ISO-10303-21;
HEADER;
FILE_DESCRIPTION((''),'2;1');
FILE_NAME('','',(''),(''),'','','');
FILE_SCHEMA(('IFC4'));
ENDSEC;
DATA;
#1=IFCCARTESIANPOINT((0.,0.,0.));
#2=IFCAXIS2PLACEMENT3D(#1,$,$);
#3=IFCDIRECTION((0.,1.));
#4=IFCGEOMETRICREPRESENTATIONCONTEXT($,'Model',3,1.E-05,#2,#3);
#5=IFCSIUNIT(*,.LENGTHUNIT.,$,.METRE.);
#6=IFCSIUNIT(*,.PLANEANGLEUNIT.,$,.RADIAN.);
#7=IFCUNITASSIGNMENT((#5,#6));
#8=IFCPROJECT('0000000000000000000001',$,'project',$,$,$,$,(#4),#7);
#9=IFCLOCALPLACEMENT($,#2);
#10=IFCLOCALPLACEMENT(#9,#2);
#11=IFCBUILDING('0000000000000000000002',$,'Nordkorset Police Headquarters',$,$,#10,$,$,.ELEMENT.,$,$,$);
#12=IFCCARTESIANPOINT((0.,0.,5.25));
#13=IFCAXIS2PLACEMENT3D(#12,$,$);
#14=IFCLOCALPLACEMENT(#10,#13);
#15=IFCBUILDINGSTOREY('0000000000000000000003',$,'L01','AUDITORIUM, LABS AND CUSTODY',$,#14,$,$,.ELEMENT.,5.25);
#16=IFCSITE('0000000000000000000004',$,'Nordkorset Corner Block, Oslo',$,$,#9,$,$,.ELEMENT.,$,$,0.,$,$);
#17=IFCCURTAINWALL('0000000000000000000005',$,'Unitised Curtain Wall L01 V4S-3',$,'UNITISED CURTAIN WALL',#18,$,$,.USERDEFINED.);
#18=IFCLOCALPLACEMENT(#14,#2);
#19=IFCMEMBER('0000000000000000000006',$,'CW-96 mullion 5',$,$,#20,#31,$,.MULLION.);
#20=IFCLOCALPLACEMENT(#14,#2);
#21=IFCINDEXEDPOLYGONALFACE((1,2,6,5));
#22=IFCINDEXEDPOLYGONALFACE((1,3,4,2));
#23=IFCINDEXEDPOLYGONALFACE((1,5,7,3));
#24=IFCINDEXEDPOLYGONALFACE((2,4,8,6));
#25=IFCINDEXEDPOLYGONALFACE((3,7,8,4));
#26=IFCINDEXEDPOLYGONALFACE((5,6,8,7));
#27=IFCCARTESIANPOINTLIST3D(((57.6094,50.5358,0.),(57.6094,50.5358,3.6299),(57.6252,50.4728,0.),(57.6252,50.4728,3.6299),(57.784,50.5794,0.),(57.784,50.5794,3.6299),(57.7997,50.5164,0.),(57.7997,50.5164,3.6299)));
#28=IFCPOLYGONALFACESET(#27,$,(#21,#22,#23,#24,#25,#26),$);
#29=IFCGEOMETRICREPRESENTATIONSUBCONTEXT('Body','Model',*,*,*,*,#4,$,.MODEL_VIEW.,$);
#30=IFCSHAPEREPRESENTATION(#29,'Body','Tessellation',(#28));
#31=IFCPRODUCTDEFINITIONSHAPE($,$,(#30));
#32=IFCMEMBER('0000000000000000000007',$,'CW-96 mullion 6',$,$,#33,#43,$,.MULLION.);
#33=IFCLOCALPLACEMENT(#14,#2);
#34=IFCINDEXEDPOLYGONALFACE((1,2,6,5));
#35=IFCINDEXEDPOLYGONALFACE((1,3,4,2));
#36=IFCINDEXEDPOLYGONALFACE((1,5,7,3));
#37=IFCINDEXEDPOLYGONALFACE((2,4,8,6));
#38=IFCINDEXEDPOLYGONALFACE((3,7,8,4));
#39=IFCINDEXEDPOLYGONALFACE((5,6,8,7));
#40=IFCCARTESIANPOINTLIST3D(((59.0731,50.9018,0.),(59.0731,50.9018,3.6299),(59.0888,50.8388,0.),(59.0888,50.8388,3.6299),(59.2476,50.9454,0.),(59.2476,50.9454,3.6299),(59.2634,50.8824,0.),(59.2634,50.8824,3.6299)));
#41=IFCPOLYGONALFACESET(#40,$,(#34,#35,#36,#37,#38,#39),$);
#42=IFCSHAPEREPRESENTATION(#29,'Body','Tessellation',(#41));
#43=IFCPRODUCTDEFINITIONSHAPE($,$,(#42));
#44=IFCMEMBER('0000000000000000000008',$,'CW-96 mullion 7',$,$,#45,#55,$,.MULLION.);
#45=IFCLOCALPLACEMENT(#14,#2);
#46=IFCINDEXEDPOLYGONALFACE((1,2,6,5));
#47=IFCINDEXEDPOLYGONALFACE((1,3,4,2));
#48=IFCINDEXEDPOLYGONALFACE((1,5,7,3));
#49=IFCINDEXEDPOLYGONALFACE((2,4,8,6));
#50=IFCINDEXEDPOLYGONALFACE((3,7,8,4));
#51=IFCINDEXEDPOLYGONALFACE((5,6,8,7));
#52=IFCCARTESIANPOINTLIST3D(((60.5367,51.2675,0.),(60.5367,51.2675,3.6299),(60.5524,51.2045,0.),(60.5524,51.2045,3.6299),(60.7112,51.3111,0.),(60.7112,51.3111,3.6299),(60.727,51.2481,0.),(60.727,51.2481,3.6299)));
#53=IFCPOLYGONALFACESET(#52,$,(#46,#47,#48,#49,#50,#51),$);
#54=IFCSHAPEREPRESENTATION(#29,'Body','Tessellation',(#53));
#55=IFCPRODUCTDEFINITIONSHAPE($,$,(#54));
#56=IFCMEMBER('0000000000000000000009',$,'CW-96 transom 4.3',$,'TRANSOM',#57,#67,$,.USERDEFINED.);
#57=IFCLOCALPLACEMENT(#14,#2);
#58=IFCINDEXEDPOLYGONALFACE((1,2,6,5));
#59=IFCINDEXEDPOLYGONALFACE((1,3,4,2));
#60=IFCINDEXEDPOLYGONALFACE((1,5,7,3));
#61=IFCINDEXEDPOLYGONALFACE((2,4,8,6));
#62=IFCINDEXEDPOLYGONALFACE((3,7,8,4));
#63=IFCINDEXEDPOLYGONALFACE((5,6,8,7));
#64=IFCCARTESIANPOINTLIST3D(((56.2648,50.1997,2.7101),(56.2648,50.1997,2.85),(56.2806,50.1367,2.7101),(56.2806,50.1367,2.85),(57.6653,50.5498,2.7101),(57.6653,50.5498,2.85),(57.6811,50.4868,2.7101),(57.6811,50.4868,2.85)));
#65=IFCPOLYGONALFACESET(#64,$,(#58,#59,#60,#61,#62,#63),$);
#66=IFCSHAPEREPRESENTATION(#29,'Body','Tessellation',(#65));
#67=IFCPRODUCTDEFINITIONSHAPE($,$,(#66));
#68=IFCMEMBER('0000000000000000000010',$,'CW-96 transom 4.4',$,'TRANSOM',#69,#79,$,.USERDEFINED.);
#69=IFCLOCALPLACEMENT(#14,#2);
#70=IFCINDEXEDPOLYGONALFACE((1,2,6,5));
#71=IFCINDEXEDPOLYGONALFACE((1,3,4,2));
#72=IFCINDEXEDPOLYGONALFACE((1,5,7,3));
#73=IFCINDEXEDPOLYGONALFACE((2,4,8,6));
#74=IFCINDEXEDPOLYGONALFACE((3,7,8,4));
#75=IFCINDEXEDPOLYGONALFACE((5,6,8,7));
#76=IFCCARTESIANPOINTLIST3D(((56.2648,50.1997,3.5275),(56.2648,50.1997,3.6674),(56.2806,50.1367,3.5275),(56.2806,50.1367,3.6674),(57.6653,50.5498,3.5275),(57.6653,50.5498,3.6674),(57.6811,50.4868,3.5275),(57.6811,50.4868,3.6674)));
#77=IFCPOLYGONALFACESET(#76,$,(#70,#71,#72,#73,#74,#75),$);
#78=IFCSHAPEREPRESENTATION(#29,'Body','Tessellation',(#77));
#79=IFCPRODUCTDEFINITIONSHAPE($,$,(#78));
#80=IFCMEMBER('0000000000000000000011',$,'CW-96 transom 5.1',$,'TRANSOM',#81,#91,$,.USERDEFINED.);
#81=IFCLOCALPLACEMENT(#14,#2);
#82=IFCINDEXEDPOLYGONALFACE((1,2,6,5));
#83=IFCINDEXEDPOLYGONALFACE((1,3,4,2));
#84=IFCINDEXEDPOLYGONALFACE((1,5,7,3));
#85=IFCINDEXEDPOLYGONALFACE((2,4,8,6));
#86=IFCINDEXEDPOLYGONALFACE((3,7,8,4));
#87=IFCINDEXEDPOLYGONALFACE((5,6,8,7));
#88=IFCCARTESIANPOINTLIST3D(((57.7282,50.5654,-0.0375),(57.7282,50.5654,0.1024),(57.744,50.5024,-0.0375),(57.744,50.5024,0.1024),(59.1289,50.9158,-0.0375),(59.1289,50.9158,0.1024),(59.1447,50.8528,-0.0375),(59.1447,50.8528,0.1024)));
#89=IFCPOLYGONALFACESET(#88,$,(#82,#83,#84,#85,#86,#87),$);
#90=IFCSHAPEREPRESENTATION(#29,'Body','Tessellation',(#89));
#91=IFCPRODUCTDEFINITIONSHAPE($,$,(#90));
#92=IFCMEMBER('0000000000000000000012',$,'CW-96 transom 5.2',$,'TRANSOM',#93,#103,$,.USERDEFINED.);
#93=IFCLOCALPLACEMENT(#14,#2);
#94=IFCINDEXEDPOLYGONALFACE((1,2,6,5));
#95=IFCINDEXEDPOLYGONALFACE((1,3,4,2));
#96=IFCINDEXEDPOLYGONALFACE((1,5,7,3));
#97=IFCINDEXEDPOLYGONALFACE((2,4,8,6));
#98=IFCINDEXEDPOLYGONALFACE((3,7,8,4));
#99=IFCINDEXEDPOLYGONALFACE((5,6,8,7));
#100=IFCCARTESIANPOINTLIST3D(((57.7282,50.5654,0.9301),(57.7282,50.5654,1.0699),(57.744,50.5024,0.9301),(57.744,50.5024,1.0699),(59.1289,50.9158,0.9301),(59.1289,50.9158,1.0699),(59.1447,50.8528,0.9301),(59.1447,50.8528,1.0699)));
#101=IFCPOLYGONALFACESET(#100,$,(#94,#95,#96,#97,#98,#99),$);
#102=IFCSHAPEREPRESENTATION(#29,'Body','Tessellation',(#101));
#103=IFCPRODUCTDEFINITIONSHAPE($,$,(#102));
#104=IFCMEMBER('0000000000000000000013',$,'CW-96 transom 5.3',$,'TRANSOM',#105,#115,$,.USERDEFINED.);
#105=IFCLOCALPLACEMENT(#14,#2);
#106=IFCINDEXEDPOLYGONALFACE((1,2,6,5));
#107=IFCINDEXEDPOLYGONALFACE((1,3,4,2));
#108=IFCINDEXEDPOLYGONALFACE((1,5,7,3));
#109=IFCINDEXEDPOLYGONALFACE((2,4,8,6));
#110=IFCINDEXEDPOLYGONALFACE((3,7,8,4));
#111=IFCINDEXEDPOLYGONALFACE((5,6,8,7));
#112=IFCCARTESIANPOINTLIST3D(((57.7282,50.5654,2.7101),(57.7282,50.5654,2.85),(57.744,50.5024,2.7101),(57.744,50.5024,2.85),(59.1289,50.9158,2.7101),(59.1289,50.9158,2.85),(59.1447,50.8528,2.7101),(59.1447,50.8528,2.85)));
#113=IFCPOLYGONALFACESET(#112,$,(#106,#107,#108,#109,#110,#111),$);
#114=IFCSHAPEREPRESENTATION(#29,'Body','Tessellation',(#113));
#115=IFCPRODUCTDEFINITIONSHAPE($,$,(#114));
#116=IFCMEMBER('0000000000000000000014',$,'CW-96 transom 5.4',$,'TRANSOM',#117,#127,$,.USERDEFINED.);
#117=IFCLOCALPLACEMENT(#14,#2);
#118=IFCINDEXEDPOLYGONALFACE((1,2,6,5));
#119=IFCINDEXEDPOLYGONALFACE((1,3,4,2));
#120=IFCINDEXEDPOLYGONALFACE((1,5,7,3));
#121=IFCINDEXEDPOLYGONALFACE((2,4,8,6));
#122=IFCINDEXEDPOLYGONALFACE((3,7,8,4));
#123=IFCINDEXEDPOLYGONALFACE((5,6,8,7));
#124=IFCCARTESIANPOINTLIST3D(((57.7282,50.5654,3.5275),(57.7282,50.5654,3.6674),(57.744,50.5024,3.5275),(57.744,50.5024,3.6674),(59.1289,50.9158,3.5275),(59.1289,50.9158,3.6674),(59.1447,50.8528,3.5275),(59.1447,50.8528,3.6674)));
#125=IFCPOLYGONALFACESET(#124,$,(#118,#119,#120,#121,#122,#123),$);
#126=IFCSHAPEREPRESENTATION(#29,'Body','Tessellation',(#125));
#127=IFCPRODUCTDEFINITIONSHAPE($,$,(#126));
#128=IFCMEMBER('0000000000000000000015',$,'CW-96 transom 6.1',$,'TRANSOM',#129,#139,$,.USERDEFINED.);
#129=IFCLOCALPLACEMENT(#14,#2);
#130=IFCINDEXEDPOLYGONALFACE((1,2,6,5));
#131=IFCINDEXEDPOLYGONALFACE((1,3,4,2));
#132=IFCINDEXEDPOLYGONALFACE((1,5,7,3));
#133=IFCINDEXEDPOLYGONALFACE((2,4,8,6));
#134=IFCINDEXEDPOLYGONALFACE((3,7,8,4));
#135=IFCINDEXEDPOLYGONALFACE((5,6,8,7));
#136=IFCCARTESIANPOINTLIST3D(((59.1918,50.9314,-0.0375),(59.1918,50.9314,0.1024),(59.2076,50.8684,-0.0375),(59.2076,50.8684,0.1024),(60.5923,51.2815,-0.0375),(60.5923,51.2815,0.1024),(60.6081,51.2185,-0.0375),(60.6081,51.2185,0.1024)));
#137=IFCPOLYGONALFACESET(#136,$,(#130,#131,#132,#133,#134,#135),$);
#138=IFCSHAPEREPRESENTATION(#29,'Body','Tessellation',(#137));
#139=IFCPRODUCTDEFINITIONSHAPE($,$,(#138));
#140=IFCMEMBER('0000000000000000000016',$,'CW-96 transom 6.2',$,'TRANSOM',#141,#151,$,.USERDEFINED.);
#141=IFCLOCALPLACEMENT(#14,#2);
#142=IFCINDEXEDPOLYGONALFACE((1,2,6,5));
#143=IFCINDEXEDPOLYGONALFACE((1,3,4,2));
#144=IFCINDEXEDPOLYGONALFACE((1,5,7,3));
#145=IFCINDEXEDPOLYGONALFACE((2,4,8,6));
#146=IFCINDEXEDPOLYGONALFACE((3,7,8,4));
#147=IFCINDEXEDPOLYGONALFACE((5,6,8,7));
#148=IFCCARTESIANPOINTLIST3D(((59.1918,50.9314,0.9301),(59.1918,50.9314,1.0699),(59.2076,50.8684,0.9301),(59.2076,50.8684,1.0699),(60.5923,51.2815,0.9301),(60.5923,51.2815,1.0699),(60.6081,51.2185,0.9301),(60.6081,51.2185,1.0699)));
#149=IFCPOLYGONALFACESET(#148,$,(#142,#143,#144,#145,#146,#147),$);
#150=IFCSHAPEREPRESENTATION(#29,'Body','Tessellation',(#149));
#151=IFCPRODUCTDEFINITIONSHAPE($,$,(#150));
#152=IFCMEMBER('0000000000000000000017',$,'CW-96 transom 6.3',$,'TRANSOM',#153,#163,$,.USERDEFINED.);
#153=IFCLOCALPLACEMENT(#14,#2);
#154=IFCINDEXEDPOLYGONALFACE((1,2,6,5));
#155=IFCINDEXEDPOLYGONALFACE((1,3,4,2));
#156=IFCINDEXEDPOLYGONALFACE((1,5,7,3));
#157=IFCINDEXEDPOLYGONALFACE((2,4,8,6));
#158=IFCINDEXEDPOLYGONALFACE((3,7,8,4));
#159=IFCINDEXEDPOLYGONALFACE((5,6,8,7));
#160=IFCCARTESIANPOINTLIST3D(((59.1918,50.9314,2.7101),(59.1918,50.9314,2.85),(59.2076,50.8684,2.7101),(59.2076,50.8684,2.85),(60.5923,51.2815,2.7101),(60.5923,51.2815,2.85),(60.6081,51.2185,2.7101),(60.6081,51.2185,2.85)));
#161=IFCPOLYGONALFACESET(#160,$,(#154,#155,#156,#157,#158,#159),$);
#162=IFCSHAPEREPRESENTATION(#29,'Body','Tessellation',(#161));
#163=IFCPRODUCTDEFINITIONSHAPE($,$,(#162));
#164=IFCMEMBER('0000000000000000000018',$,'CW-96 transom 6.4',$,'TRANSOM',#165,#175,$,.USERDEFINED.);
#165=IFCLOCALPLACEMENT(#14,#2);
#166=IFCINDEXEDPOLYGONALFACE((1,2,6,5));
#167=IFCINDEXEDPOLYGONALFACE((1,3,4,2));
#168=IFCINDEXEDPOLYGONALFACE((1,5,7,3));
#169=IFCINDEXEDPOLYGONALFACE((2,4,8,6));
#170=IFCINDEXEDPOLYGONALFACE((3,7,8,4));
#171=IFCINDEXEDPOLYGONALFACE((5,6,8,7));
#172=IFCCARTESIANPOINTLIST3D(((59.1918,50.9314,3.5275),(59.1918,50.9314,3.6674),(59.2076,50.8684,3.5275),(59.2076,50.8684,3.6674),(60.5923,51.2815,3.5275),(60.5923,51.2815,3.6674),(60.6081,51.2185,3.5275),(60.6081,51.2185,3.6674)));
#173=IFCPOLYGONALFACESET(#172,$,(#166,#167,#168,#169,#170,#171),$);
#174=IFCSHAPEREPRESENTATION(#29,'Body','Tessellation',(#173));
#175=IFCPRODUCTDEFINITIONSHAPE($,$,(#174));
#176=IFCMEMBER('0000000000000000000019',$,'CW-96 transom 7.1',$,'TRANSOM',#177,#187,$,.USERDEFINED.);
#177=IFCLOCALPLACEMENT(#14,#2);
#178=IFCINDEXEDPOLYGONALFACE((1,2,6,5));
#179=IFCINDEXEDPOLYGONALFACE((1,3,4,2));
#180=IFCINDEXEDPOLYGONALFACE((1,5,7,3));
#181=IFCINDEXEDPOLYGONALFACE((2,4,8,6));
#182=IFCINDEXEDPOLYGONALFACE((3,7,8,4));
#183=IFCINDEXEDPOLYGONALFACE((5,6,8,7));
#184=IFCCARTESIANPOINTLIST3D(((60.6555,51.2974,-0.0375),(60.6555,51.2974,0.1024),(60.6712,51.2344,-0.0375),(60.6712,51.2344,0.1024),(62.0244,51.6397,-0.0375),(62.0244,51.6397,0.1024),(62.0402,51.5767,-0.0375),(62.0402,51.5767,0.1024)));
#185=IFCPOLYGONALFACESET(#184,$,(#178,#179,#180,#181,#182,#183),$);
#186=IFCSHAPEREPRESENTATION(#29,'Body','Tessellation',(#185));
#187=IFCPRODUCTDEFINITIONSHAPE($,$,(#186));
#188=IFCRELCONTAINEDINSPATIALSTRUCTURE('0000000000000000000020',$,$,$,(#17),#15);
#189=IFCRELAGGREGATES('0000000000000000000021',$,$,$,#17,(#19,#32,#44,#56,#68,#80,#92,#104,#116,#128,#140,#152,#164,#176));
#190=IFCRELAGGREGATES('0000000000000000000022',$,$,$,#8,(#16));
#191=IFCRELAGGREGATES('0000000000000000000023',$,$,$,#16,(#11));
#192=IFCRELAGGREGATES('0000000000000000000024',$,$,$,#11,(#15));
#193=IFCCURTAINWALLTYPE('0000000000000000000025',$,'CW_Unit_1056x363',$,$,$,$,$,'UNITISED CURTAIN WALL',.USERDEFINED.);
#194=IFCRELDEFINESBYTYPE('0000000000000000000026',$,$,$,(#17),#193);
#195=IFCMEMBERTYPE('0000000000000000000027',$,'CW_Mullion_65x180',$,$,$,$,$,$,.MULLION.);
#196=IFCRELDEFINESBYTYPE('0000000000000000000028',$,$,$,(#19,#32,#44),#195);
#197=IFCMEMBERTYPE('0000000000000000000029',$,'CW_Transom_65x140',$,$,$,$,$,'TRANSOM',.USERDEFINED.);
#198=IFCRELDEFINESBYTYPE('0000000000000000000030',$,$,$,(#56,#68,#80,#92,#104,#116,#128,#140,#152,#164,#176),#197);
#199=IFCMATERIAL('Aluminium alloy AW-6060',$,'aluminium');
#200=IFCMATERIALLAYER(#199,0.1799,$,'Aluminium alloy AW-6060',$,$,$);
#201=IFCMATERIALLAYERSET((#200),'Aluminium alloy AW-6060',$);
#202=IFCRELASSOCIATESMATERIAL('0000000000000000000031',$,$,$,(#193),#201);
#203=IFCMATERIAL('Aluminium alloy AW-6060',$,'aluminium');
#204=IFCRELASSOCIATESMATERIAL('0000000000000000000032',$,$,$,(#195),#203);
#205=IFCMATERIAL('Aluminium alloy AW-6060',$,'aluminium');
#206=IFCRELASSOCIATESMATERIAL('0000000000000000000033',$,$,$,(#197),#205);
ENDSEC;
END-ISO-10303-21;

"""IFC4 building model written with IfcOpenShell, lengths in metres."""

from ifc_helpers import new_model, si_unit, direction, frame, origin, origin_2d, place, context, subcontext, project, spatial, rectangle, extrude, material, layer, layer_set, material_profile, profile_set, type_object, element, aggregate, save


model = new_model("IFC4")

# Units and contexts
model_context = context("Model", 3, precision=1e-05, world=origin(), true_north=direction((0.0, 1.0)))
body_context = subcontext(model_context, "Body", "Model", "MODEL_VIEW")
ifc_project = project(units=[si_unit("LENGTHUNIT", "METRE"), si_unit("PLANEANGLEUNIT", "RADIAN")], contexts=[model_context])

# Site, building, storey
site_placement = place(None, origin())
site = spatial("IfcSite", under=ifc_project, at=site_placement, Name="Nordkorset Corner Block, Oslo", CompositionType="ELEMENT", RefElevation=0.0)
building_placement = place(site_placement, origin())
building = spatial("IfcBuilding", under=site, at=building_placement, Name="Nordkorset Police Headquarters", CompositionType="ELEMENT")
storey_placement = place(building_placement, frame((0.0, 0.0, 5.25)))
storey = spatial("IfcBuildingStorey", under=building, at=storey_placement, Name="L01", Description="AUDITORIUM, LABS AND CUSTODY", CompositionType="ELEMENT", Elevation=5.25)

# Curtain wall, members
ifc_material_1 = material(Name="Aluminium alloy AW-6060", Category="aluminium")
ifc_layer_1 = layer(ifc_material_1, 0.1799, Name="Aluminium alloy AW-6060")
ifc_layer_set_1 = layer_set([ifc_layer_1], Name="Aluminium alloy AW-6060")
curtain_wall_type = type_object("IfcCurtainWallType", Name="CW_Unit_1056x363", ElementType="UNITISED CURTAIN WALL", PredefinedType="USERDEFINED", material=ifc_layer_set_1)
curtain_wall_placement = place(storey_placement, origin())
curtain_wall = element("IfcCurtainWall", 1, at=curtain_wall_placement, inside=storey, type_object=curtain_wall_type, Name="Unitised Curtain Wall L01 V4S-3", ObjectType="UNITISED CURTAIN WALL", PredefinedType="USERDEFINED")
ifc_material_2 = material(Name="Aluminium alloy AW-6060", Category="aluminium")
ifc_material_profile_1 = material_profile(ifc_material_2, rectangle(XDim=0.0649, YDim=0.1799, at=origin_2d()), Name="ALU MULL 65x180")
ifc_profile_set_1 = profile_set([ifc_material_profile_1], Name="Aluminium alloy AW-6060")
member_type_1 = type_object("IfcMemberType", Name="CW_Mullion_65x180", PredefinedType="MULLION", material=ifc_profile_set_1)
member_1_placement = place(storey_placement, frame((57.7046, 50.5261, 0.0), z_axis=(0.0, 0.0, 1.0), x_axis=(-0.242535, 0.970143, 0.0)))
member_1 = element("IfcMember", 2, at=member_1_placement, type_object=member_type_1, Name="CW-96 mullion 5", PredefinedType="MULLION", context=body_context, shape_type="SweptSolid", body=[
    extrude(rectangle(XDim=0.0649, YDim=0.1799, at=origin_2d()), origin(), (0.0, 0.0, 1.0), 3.6299),
])
member_2_placement = place(storey_placement, frame((59.1682, 50.8921, 0.0), z_axis=(0.0, 0.0, 1.0), x_axis=(-0.242535, 0.970143, 0.0)))
member_2 = element("IfcMember", 3, at=member_2_placement, type_object=member_type_1, Name="CW-96 mullion 6", PredefinedType="MULLION", context=body_context, shape_type="SweptSolid", body=[
    extrude(rectangle(XDim=0.0649, YDim=0.1799, at=origin_2d()), origin(), (0.0, 0.0, 1.0), 3.6299),
])
member_3_placement = place(storey_placement, frame((60.6318, 51.2578, 0.0), z_axis=(0.0, 0.0, 1.0), x_axis=(-0.242535, 0.970143, 0.0)))
member_3 = element("IfcMember", 4, at=member_3_placement, type_object=member_type_1, Name="CW-96 mullion 7", PredefinedType="MULLION", context=body_context, shape_type="SweptSolid", body=[
    extrude(rectangle(XDim=0.0649, YDim=0.1799, at=origin_2d()), origin(), (0.0, 0.0, 1.0), 3.6299),
])
ifc_material_3 = material(Name="Aluminium alloy AW-6060", Category="aluminium")
ifc_material_profile_2 = material_profile(ifc_material_3, rectangle(XDim=0.0649, YDim=0.1399, at=origin_2d()), Name="ALU TRAN 65x140")
ifc_profile_set_2 = profile_set([ifc_material_profile_2], Name="Aluminium alloy AW-6060")
member_type_2 = type_object("IfcMemberType", Name="CW_Transom_65x140", ElementType="TRANSOM", PredefinedType="USERDEFINED", material=ifc_profile_set_2)
member_4_placement = place(storey_placement, frame((56.2727, 50.1682, 2.78), z_axis=(0.970143, 0.242536, 0.0), x_axis=(-0.242536, 0.970143, 0.0)))
member_4 = element("IfcMember", 5, at=member_4_placement, type_object=member_type_2, Name="CW-96 transom 4.3", ObjectType="TRANSOM", PredefinedType="USERDEFINED", context=body_context, shape_type="SweptSolid", body=[
    extrude(rectangle(XDim=0.0649, YDim=0.1399, at=origin_2d()), origin(), (0.0, 0.0, 1.0), 1.4436),
])
member_5_placement = place(storey_placement, frame((56.2727, 50.1682, 3.5974), z_axis=(0.970143, 0.242536, 0.0), x_axis=(-0.242536, 0.970143, 0.0)))
member_5 = element("IfcMember", 6, at=member_5_placement, type_object=member_type_2, Name="CW-96 transom 4.4", ObjectType="TRANSOM", PredefinedType="USERDEFINED", context=body_context, shape_type="SweptSolid", body=[
    extrude(rectangle(XDim=0.0649, YDim=0.1399, at=origin_2d()), origin(), (0.0, 0.0, 1.0), 1.4436),
])
member_6_placement = place(storey_placement, frame((57.7361, 50.5339, 0.0325), z_axis=(0.970113, 0.242655, 0.0), x_axis=(-0.242655, 0.970113, 0.0)))
member_6 = element("IfcMember", 7, at=member_6_placement, type_object=member_type_2, Name="CW-96 transom 5.1", ObjectType="TRANSOM", PredefinedType="USERDEFINED", context=body_context, shape_type="SweptSolid", body=[
    extrude(rectangle(XDim=0.0649, YDim=0.1399, at=origin_2d()), origin(), (0.0, 0.0, 1.0), 1.4438),
])
member_7_placement = place(storey_placement, frame((57.7361, 50.5339, 1.0), z_axis=(0.970113, 0.242655, 0.0), x_axis=(-0.242655, 0.970113, 0.0)))
member_7 = element("IfcMember", 8, at=member_7_placement, type_object=member_type_2, Name="CW-96 transom 5.2", ObjectType="TRANSOM", PredefinedType="USERDEFINED", context=body_context, shape_type="SweptSolid", body=[
    extrude(rectangle(XDim=0.0649, YDim=0.1399, at=origin_2d()), origin(), (0.0, 0.0, 1.0), 1.4438),
])
member_8_placement = place(storey_placement, frame((57.7361, 50.5339, 2.78), z_axis=(0.970113, 0.242655, 0.0), x_axis=(-0.242655, 0.970113, 0.0)))
member_8 = element("IfcMember", 9, at=member_8_placement, type_object=member_type_2, Name="CW-96 transom 5.3", ObjectType="TRANSOM", PredefinedType="USERDEFINED", context=body_context, shape_type="SweptSolid", body=[
    extrude(rectangle(XDim=0.0649, YDim=0.1399, at=origin_2d()), origin(), (0.0, 0.0, 1.0), 1.4438),
])
member_9_placement = place(storey_placement, frame((57.7361, 50.5339, 3.5974), z_axis=(0.970113, 0.242655, 0.0), x_axis=(-0.242655, 0.970113, 0.0)))
member_9 = element("IfcMember", 10, at=member_9_placement, type_object=member_type_2, Name="CW-96 transom 5.4", ObjectType="TRANSOM", PredefinedType="USERDEFINED", context=body_context, shape_type="SweptSolid", body=[
    extrude(rectangle(XDim=0.0649, YDim=0.1399, at=origin_2d()), origin(), (0.0, 0.0, 1.0), 1.4438),
])
member_10_placement = place(storey_placement, frame((59.1997, 50.8999, 0.0325), z_axis=(0.970143, 0.242536, 0.0), x_axis=(-0.242536, 0.970143, 0.0)))
member_10 = element("IfcMember", 11, at=member_10_placement, type_object=member_type_2, Name="CW-96 transom 6.1", ObjectType="TRANSOM", PredefinedType="USERDEFINED", context=body_context, shape_type="SweptSolid", body=[
    extrude(rectangle(XDim=0.0649, YDim=0.1399, at=origin_2d()), origin(), (0.0, 0.0, 1.0), 1.4436),
])
member_11_placement = place(storey_placement, frame((59.1997, 50.8999, 1.0), z_axis=(0.970143, 0.242536, 0.0), x_axis=(-0.242536, 0.970143, 0.0)))
member_11 = element("IfcMember", 12, at=member_11_placement, type_object=member_type_2, Name="CW-96 transom 6.2", ObjectType="TRANSOM", PredefinedType="USERDEFINED", context=body_context, shape_type="SweptSolid", body=[
    extrude(rectangle(XDim=0.0649, YDim=0.1399, at=origin_2d()), origin(), (0.0, 0.0, 1.0), 1.4436),
])
member_12_placement = place(storey_placement, frame((59.1997, 50.8999, 2.78), z_axis=(0.970143, 0.242536, 0.0), x_axis=(-0.242536, 0.970143, 0.0)))
member_12 = element("IfcMember", 13, at=member_12_placement, type_object=member_type_2, Name="CW-96 transom 6.3", ObjectType="TRANSOM", PredefinedType="USERDEFINED", context=body_context, shape_type="SweptSolid", body=[
    extrude(rectangle(XDim=0.0649, YDim=0.1399, at=origin_2d()), origin(), (0.0, 0.0, 1.0), 1.4436),
])
member_13_placement = place(storey_placement, frame((59.1997, 50.8999, 3.5974), z_axis=(0.970143, 0.242536, 0.0), x_axis=(-0.242536, 0.970143, 0.0)))
member_13 = element("IfcMember", 14, at=member_13_placement, type_object=member_type_2, Name="CW-96 transom 6.4", ObjectType="TRANSOM", PredefinedType="USERDEFINED", context=body_context, shape_type="SweptSolid", body=[
    extrude(rectangle(XDim=0.0649, YDim=0.1399, at=origin_2d()), origin(), (0.0, 0.0, 1.0), 1.4436),
])
member_14_placement = place(storey_placement, frame((60.6633, 51.2659, 0.0325), z_axis=(0.970132, 0.242576, 0.0), x_axis=(-0.242576, 0.970132, 0.0)))
member_14 = element("IfcMember", 15, at=member_14_placement, type_object=member_type_2, Name="CW-96 transom 7.1", ObjectType="TRANSOM", PredefinedType="USERDEFINED", context=body_context, shape_type="SweptSolid", body=[
    extrude(rectangle(XDim=0.0649, YDim=0.1399, at=origin_2d()), origin(), (0.0, 0.0, 1.0), 1.4111),
])
aggregate(curtain_wall, [member_1, member_2, member_3, member_4, member_5, member_6, member_7, member_8, member_9, member_10, member_11, member_12, member_13, member_14])

save(model, "model.ifc")
